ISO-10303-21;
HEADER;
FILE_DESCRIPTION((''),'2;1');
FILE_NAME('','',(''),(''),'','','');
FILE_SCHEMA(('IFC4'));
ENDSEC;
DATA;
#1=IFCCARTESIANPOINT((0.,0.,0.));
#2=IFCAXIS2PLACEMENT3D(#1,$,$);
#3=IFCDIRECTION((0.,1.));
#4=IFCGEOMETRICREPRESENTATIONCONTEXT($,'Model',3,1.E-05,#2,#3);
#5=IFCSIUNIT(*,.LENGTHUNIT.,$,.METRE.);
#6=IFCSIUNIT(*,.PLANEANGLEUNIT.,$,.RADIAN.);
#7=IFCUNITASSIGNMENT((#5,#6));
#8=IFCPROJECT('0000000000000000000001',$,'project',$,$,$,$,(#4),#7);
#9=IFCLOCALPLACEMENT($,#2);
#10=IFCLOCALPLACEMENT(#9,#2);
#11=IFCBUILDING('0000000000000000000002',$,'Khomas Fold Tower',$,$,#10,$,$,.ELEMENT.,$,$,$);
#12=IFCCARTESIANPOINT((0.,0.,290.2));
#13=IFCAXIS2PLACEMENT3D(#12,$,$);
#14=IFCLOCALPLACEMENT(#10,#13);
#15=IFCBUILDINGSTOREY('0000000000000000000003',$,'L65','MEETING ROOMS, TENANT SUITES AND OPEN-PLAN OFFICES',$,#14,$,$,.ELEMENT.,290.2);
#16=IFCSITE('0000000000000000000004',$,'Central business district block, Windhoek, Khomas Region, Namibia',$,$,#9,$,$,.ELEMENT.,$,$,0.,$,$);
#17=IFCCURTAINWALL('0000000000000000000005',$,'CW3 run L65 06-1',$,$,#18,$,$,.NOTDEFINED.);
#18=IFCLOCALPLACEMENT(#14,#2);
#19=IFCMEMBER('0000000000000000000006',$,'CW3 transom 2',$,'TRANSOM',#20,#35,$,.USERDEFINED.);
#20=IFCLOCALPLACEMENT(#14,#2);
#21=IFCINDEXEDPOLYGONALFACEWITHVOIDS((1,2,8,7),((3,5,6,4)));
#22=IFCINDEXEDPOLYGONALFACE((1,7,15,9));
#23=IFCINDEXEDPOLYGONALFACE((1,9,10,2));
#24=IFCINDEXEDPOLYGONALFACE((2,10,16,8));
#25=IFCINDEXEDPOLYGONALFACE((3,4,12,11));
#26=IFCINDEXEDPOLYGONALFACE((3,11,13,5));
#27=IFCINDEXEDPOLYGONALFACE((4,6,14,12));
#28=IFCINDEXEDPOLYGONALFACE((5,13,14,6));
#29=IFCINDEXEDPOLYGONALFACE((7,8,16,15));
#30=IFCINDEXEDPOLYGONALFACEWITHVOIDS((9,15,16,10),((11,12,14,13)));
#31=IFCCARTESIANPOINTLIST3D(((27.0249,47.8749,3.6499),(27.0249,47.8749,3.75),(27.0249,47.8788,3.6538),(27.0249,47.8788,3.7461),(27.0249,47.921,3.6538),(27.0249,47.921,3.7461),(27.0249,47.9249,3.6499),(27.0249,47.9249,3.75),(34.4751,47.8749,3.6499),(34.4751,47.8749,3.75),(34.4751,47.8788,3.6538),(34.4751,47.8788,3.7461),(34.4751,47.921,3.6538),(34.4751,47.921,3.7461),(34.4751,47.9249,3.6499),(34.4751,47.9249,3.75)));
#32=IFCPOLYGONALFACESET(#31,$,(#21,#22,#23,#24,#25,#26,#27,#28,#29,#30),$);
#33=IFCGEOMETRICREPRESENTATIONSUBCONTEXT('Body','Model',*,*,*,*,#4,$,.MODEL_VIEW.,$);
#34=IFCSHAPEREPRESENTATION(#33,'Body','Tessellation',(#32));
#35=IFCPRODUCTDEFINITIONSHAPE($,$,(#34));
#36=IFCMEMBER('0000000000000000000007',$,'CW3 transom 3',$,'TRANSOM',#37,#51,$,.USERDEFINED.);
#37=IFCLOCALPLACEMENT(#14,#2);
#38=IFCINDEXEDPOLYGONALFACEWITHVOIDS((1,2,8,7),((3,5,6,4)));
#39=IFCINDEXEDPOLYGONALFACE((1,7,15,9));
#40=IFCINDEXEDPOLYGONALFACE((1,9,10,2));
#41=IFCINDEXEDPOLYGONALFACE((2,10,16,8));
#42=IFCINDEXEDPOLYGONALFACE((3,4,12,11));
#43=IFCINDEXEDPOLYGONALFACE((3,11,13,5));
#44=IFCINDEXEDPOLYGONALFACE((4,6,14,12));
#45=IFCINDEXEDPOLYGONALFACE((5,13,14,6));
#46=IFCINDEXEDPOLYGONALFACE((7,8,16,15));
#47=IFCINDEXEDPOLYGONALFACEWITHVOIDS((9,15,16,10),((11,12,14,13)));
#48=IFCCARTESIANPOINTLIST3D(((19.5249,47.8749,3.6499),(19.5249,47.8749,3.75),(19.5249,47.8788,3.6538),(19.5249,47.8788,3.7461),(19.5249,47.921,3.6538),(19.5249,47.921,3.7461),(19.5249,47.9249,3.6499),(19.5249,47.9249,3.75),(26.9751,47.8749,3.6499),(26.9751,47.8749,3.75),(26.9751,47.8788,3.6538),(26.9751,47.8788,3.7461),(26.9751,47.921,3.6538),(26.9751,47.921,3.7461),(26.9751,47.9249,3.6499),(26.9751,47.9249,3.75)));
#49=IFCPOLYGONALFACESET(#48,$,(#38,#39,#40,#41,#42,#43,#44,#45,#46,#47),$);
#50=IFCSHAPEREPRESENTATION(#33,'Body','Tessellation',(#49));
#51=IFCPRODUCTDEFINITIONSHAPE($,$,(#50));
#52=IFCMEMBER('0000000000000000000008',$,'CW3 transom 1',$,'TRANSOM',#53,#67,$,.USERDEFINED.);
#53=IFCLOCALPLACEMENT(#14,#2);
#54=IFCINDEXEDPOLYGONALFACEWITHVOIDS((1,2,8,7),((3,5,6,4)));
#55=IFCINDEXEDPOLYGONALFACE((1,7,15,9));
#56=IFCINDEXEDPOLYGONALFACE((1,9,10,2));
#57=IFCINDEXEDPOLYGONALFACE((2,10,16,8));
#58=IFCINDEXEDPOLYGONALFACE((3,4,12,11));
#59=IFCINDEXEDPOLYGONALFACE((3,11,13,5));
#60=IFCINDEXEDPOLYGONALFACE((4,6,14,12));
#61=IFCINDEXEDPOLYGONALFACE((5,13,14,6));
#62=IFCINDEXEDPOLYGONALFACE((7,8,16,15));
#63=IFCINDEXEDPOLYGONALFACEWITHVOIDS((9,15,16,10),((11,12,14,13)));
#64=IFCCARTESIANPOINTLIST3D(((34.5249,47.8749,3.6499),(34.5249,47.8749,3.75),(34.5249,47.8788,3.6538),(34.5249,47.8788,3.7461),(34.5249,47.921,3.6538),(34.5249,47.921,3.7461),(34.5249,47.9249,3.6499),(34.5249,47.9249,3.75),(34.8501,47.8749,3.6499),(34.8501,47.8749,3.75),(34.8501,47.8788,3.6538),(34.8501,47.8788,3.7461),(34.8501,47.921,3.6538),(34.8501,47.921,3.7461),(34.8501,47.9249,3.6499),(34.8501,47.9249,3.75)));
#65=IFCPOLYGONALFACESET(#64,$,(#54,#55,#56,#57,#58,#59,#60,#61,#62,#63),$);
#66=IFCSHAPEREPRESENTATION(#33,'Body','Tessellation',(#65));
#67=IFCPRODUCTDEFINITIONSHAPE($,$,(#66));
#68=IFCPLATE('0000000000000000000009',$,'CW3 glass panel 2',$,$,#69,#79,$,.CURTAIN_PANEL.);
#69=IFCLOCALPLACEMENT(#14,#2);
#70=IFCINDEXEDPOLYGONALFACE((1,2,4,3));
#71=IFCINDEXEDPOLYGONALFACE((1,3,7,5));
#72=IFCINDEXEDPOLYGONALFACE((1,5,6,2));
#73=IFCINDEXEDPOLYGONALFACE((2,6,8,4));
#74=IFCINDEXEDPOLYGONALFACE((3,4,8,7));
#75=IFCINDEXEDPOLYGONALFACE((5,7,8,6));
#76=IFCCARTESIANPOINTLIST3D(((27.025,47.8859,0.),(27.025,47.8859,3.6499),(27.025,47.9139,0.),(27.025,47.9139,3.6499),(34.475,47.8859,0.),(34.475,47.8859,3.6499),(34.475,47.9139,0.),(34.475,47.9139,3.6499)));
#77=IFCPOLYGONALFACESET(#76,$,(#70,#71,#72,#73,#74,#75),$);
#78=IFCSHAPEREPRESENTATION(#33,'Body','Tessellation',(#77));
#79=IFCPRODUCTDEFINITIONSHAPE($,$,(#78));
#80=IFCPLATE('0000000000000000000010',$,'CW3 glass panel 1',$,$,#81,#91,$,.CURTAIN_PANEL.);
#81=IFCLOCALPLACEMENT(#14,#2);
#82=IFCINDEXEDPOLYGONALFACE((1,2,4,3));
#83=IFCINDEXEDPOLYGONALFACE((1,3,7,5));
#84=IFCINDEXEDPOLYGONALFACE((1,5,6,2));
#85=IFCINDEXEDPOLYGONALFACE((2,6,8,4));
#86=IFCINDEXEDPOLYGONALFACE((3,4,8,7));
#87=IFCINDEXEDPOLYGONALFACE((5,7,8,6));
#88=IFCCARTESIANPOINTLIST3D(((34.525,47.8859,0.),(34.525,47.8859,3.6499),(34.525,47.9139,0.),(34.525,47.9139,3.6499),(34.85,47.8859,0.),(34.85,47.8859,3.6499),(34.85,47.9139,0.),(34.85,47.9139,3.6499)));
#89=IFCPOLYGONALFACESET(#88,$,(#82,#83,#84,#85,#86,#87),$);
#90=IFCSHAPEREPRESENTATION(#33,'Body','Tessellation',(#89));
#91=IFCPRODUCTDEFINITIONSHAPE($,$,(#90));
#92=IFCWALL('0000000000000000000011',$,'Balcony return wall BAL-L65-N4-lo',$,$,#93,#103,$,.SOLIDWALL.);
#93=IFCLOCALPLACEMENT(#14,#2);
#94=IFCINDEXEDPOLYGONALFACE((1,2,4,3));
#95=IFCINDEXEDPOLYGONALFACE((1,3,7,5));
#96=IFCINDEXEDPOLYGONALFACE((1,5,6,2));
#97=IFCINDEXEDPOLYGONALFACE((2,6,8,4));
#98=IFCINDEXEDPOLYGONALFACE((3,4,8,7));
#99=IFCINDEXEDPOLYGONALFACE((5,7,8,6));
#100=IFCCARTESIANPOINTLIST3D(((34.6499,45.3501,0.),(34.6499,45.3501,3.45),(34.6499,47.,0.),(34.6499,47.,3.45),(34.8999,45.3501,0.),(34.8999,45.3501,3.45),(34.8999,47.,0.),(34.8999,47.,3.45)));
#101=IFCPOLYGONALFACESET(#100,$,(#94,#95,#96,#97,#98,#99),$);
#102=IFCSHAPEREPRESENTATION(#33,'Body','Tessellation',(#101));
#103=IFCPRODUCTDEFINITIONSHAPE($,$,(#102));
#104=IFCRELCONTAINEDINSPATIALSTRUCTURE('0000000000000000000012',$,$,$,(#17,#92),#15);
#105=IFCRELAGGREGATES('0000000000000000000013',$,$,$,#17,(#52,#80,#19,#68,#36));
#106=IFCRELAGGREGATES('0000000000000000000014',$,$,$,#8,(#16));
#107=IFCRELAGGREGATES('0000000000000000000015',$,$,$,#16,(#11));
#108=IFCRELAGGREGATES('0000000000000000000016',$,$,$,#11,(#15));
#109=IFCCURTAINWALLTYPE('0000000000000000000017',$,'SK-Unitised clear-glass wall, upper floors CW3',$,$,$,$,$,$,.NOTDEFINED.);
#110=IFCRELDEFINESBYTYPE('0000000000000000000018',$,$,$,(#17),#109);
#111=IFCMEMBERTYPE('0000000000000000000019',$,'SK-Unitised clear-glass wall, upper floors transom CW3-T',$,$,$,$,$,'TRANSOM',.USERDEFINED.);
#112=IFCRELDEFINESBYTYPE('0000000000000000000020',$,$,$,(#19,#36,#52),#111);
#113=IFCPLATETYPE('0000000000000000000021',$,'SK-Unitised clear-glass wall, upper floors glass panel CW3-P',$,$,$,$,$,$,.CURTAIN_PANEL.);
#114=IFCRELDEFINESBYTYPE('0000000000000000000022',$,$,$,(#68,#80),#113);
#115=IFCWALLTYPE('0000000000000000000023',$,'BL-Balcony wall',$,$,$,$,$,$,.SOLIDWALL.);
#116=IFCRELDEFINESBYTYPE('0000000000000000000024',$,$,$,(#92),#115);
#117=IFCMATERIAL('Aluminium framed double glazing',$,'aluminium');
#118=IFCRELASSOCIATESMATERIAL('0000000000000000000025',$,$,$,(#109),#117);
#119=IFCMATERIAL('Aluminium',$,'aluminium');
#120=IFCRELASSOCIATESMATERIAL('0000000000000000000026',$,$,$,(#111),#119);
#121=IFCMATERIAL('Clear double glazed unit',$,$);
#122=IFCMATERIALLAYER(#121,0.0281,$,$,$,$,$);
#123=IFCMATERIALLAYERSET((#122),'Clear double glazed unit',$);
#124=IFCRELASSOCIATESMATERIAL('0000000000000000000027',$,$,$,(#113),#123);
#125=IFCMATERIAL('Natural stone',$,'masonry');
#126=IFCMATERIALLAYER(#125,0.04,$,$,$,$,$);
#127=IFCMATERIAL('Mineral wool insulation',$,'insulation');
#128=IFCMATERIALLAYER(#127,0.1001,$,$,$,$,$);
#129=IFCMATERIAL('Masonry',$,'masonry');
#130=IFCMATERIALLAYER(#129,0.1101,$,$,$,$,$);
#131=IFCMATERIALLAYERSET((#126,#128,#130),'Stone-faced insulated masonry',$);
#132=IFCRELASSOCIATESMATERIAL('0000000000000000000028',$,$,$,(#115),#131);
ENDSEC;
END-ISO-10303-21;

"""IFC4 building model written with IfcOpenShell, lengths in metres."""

from ifc_helpers import new_model, si_unit, direction, frame, frame_2d, origin, origin_2d, place, context, subcontext, project, spatial, rectangle, hollow_rectangle, extrude, source, transform, mapped, material, layer, layer_set, material_profile, profile_set, type_object, element, aggregate, save


model = new_model("IFC4")

# Units and contexts
model_context = context("Model", 3, precision=1e-05, world=origin(), true_north=direction((0.0, 1.0)))
body_context = subcontext(model_context, "Body", "Model", "MODEL_VIEW")
ifc_project = project(units=[si_unit("LENGTHUNIT", "METRE"), si_unit("PLANEANGLEUNIT", "RADIAN")], contexts=[model_context])

# Site, building, storey
site_placement = place(None, origin())
site = spatial("IfcSite", under=ifc_project, at=site_placement, Name="Central business district block, Windhoek, Khomas Region, Namibia", CompositionType="ELEMENT", RefElevation=0.0)
building_placement = place(site_placement, origin())
building = spatial("IfcBuilding", under=site, at=building_placement, Name="Khomas Fold Tower", CompositionType="ELEMENT")
storey_placement = place(building_placement, frame((0.0, 0.0, 290.2)))
storey = spatial("IfcBuildingStorey", under=building, at=storey_placement, Name="L65", Description="MEETING ROOMS, TENANT SUITES AND OPEN-PLAN OFFICES", CompositionType="ELEMENT", Elevation=290.2)

# Curtain wall, members, plates
ifc_material_1 = material(Name="Aluminium framed double glazing", Category="aluminium")
curtain_wall_type = type_object("IfcCurtainWallType", Name="SK-Unitised clear-glass wall, upper floors CW3", PredefinedType="NOTDEFINED", material=ifc_material_1)
curtain_wall_placement = place(storey_placement, origin())
curtain_wall = element("IfcCurtainWall", 1, at=curtain_wall_placement, inside=storey, type_object=curtain_wall_type, Name="CW3 run L65 06-1", PredefinedType="NOTDEFINED")
ifc_material_2 = material(Name="Aluminium", Category="aluminium")
ifc_material_profile_1 = material_profile(ifc_material_2, hollow_rectangle(XDim=0.05, YDim=0.1001, WallThickness=0.0039, at=origin_2d()), Name="SK-Unitised clear-glass wall, upper floors transom CW3-T")
ifc_profile_set_1 = profile_set([ifc_material_profile_1], Name="Aluminium")
member_type_1 = type_object("IfcMemberType", Name="SK-Unitised clear-glass wall, upper floors transom CW3-T", ElementType="TRANSOM", PredefinedType="USERDEFINED", material=ifc_profile_set_1)
shared_shape_1 = source(origin(), body_context, "Body", "SweptSolid", [
    extrude(hollow_rectangle(XDim=0.05, YDim=0.1001, WallThickness=0.0039, at=origin_2d()), origin(), (0.0, 0.0, 1.0), 7.4502),
])
member_1_placement = place(storey_placement, frame((34.4751, 47.8999, 3.7), z_axis=(-1.0, 0.0, 0.0), x_axis=(0.0, -1.0, 0.0)))
member_1 = element("IfcMember", 2, at=member_1_placement, type_object=member_type_1, Name="CW3 transom 2", ObjectType="TRANSOM", PredefinedType="USERDEFINED", context=body_context, shape_type="MappedRepresentation", body=[
    mapped(shared_shape_1, transform((0.0, 0.0, 0.0))),
])
member_2_placement = place(storey_placement, frame((26.9751, 47.8999, 3.7), z_axis=(-1.0, 0.0, 0.0), x_axis=(0.0, -1.0, 0.0)))
member_2 = element("IfcMember", 3, at=member_2_placement, type_object=member_type_1, Name="CW3 transom 3", ObjectType="TRANSOM", PredefinedType="USERDEFINED", context=body_context, shape_type="MappedRepresentation", body=[
    mapped(shared_shape_1, transform((0.0, 0.0, 0.0))),
])
shared_shape_2 = source(origin(), body_context, "Body", "SweptSolid", [
    extrude(hollow_rectangle(XDim=0.05, YDim=0.1001, WallThickness=0.0039, at=origin_2d()), origin(), (0.0, 0.0, 1.0), 0.3252),
])
member_3_placement = place(storey_placement, frame((34.8501, 47.8999, 3.7), z_axis=(-1.0, 0.0, 0.0), x_axis=(0.0, -1.0, 0.0)))
member_3 = element("IfcMember", 4, at=member_3_placement, type_object=member_type_1, Name="CW3 transom 1", ObjectType="TRANSOM", PredefinedType="USERDEFINED", context=body_context, shape_type="MappedRepresentation", body=[
    mapped(shared_shape_2, transform((0.0, 0.0, 0.0))),
])
ifc_material_3 = material(Name="Clear double glazed unit")
ifc_layer_1 = layer(ifc_material_3, 0.0281)
ifc_layer_set_1 = layer_set([ifc_layer_1], Name="Clear double glazed unit")
plate_type = type_object("IfcPlateType", Name="SK-Unitised clear-glass wall, upper floors glass panel CW3-P", PredefinedType="CURTAIN_PANEL", material=ifc_layer_set_1)
shared_shape_3 = source(origin(), body_context, "Body", "SweptSolid", [
    extrude(rectangle(XDim=7.45, YDim=0.0281, at=origin_2d()), origin(), (0.0, 0.0, 1.0), 3.6499),
])
plate_1_placement = place(storey_placement, frame((30.75, 47.8999, 0.0), z_axis=(0.0, 0.0, 1.0), x_axis=(-1.0, 0.0, 0.0)))
plate_1 = element("IfcPlate", 5, at=plate_1_placement, type_object=plate_type, Name="CW3 glass panel 2", PredefinedType="CURTAIN_PANEL", context=body_context, shape_type="MappedRepresentation", body=[
    mapped(shared_shape_3, transform((0.0, 0.0, 0.0))),
])
shared_shape_4 = source(origin(), body_context, "Body", "SweptSolid", [
    extrude(rectangle(XDim=0.325, YDim=0.0281, at=origin_2d()), origin(), (0.0, 0.0, 1.0), 3.6499),
])
plate_2_placement = place(storey_placement, frame((34.6875, 47.8999, 0.0), z_axis=(0.0, 0.0, 1.0), x_axis=(-1.0, 0.0, 0.0)))
plate_2 = element("IfcPlate", 6, at=plate_2_placement, type_object=plate_type, Name="CW3 glass panel 1", PredefinedType="CURTAIN_PANEL", context=body_context, shape_type="MappedRepresentation", body=[
    mapped(shared_shape_4, transform((0.0, 0.0, 0.0))),
])
aggregate(curtain_wall, [member_3, plate_2, member_1, plate_1, member_2])

# Shared definitions
ifc_material_4 = material(Name="Natural stone", Category="masonry")
ifc_layer_2 = layer(ifc_material_4, 0.04)
ifc_material_5 = material(Name="Mineral wool insulation", Category="insulation")
ifc_layer_3 = layer(ifc_material_5, 0.1001)
ifc_material_6 = material(Name="Masonry", Category="masonry")
ifc_layer_4 = layer(ifc_material_6, 0.1101)
ifc_layer_set_2 = layer_set([ifc_layer_2, ifc_layer_3, ifc_layer_4], Name="Stone-faced insulated masonry")
wall_type = type_object("IfcWallType", Name="BL-Balcony wall", PredefinedType="SOLIDWALL", material=ifc_layer_set_2)

# Wall
shared_shape_5 = source(origin(), body_context, "Body", "SweptSolid", [
    extrude(rectangle(XDim=1.6499, YDim=0.25, at=frame_2d((0.825, 0.0))), origin(), (0.0, 0.0, 1.0), 3.45),
])
wall_1_placement = place(storey_placement, frame((34.7749, 47.0, 0.0), z_axis=(0.0, 0.0, 1.0), x_axis=(0.0, -1.0, 0.0)))
element("IfcWall", 7, at=wall_1_placement, inside=storey, type_object=wall_type, Name="Balcony return wall BAL-L65-N4-lo", PredefinedType="SOLIDWALL", context=body_context, shape_type="MappedRepresentation", body=[
    mapped(shared_shape_5, transform((0.0, 0.0, 0.0))),
])

save(model, "model.ifc")
